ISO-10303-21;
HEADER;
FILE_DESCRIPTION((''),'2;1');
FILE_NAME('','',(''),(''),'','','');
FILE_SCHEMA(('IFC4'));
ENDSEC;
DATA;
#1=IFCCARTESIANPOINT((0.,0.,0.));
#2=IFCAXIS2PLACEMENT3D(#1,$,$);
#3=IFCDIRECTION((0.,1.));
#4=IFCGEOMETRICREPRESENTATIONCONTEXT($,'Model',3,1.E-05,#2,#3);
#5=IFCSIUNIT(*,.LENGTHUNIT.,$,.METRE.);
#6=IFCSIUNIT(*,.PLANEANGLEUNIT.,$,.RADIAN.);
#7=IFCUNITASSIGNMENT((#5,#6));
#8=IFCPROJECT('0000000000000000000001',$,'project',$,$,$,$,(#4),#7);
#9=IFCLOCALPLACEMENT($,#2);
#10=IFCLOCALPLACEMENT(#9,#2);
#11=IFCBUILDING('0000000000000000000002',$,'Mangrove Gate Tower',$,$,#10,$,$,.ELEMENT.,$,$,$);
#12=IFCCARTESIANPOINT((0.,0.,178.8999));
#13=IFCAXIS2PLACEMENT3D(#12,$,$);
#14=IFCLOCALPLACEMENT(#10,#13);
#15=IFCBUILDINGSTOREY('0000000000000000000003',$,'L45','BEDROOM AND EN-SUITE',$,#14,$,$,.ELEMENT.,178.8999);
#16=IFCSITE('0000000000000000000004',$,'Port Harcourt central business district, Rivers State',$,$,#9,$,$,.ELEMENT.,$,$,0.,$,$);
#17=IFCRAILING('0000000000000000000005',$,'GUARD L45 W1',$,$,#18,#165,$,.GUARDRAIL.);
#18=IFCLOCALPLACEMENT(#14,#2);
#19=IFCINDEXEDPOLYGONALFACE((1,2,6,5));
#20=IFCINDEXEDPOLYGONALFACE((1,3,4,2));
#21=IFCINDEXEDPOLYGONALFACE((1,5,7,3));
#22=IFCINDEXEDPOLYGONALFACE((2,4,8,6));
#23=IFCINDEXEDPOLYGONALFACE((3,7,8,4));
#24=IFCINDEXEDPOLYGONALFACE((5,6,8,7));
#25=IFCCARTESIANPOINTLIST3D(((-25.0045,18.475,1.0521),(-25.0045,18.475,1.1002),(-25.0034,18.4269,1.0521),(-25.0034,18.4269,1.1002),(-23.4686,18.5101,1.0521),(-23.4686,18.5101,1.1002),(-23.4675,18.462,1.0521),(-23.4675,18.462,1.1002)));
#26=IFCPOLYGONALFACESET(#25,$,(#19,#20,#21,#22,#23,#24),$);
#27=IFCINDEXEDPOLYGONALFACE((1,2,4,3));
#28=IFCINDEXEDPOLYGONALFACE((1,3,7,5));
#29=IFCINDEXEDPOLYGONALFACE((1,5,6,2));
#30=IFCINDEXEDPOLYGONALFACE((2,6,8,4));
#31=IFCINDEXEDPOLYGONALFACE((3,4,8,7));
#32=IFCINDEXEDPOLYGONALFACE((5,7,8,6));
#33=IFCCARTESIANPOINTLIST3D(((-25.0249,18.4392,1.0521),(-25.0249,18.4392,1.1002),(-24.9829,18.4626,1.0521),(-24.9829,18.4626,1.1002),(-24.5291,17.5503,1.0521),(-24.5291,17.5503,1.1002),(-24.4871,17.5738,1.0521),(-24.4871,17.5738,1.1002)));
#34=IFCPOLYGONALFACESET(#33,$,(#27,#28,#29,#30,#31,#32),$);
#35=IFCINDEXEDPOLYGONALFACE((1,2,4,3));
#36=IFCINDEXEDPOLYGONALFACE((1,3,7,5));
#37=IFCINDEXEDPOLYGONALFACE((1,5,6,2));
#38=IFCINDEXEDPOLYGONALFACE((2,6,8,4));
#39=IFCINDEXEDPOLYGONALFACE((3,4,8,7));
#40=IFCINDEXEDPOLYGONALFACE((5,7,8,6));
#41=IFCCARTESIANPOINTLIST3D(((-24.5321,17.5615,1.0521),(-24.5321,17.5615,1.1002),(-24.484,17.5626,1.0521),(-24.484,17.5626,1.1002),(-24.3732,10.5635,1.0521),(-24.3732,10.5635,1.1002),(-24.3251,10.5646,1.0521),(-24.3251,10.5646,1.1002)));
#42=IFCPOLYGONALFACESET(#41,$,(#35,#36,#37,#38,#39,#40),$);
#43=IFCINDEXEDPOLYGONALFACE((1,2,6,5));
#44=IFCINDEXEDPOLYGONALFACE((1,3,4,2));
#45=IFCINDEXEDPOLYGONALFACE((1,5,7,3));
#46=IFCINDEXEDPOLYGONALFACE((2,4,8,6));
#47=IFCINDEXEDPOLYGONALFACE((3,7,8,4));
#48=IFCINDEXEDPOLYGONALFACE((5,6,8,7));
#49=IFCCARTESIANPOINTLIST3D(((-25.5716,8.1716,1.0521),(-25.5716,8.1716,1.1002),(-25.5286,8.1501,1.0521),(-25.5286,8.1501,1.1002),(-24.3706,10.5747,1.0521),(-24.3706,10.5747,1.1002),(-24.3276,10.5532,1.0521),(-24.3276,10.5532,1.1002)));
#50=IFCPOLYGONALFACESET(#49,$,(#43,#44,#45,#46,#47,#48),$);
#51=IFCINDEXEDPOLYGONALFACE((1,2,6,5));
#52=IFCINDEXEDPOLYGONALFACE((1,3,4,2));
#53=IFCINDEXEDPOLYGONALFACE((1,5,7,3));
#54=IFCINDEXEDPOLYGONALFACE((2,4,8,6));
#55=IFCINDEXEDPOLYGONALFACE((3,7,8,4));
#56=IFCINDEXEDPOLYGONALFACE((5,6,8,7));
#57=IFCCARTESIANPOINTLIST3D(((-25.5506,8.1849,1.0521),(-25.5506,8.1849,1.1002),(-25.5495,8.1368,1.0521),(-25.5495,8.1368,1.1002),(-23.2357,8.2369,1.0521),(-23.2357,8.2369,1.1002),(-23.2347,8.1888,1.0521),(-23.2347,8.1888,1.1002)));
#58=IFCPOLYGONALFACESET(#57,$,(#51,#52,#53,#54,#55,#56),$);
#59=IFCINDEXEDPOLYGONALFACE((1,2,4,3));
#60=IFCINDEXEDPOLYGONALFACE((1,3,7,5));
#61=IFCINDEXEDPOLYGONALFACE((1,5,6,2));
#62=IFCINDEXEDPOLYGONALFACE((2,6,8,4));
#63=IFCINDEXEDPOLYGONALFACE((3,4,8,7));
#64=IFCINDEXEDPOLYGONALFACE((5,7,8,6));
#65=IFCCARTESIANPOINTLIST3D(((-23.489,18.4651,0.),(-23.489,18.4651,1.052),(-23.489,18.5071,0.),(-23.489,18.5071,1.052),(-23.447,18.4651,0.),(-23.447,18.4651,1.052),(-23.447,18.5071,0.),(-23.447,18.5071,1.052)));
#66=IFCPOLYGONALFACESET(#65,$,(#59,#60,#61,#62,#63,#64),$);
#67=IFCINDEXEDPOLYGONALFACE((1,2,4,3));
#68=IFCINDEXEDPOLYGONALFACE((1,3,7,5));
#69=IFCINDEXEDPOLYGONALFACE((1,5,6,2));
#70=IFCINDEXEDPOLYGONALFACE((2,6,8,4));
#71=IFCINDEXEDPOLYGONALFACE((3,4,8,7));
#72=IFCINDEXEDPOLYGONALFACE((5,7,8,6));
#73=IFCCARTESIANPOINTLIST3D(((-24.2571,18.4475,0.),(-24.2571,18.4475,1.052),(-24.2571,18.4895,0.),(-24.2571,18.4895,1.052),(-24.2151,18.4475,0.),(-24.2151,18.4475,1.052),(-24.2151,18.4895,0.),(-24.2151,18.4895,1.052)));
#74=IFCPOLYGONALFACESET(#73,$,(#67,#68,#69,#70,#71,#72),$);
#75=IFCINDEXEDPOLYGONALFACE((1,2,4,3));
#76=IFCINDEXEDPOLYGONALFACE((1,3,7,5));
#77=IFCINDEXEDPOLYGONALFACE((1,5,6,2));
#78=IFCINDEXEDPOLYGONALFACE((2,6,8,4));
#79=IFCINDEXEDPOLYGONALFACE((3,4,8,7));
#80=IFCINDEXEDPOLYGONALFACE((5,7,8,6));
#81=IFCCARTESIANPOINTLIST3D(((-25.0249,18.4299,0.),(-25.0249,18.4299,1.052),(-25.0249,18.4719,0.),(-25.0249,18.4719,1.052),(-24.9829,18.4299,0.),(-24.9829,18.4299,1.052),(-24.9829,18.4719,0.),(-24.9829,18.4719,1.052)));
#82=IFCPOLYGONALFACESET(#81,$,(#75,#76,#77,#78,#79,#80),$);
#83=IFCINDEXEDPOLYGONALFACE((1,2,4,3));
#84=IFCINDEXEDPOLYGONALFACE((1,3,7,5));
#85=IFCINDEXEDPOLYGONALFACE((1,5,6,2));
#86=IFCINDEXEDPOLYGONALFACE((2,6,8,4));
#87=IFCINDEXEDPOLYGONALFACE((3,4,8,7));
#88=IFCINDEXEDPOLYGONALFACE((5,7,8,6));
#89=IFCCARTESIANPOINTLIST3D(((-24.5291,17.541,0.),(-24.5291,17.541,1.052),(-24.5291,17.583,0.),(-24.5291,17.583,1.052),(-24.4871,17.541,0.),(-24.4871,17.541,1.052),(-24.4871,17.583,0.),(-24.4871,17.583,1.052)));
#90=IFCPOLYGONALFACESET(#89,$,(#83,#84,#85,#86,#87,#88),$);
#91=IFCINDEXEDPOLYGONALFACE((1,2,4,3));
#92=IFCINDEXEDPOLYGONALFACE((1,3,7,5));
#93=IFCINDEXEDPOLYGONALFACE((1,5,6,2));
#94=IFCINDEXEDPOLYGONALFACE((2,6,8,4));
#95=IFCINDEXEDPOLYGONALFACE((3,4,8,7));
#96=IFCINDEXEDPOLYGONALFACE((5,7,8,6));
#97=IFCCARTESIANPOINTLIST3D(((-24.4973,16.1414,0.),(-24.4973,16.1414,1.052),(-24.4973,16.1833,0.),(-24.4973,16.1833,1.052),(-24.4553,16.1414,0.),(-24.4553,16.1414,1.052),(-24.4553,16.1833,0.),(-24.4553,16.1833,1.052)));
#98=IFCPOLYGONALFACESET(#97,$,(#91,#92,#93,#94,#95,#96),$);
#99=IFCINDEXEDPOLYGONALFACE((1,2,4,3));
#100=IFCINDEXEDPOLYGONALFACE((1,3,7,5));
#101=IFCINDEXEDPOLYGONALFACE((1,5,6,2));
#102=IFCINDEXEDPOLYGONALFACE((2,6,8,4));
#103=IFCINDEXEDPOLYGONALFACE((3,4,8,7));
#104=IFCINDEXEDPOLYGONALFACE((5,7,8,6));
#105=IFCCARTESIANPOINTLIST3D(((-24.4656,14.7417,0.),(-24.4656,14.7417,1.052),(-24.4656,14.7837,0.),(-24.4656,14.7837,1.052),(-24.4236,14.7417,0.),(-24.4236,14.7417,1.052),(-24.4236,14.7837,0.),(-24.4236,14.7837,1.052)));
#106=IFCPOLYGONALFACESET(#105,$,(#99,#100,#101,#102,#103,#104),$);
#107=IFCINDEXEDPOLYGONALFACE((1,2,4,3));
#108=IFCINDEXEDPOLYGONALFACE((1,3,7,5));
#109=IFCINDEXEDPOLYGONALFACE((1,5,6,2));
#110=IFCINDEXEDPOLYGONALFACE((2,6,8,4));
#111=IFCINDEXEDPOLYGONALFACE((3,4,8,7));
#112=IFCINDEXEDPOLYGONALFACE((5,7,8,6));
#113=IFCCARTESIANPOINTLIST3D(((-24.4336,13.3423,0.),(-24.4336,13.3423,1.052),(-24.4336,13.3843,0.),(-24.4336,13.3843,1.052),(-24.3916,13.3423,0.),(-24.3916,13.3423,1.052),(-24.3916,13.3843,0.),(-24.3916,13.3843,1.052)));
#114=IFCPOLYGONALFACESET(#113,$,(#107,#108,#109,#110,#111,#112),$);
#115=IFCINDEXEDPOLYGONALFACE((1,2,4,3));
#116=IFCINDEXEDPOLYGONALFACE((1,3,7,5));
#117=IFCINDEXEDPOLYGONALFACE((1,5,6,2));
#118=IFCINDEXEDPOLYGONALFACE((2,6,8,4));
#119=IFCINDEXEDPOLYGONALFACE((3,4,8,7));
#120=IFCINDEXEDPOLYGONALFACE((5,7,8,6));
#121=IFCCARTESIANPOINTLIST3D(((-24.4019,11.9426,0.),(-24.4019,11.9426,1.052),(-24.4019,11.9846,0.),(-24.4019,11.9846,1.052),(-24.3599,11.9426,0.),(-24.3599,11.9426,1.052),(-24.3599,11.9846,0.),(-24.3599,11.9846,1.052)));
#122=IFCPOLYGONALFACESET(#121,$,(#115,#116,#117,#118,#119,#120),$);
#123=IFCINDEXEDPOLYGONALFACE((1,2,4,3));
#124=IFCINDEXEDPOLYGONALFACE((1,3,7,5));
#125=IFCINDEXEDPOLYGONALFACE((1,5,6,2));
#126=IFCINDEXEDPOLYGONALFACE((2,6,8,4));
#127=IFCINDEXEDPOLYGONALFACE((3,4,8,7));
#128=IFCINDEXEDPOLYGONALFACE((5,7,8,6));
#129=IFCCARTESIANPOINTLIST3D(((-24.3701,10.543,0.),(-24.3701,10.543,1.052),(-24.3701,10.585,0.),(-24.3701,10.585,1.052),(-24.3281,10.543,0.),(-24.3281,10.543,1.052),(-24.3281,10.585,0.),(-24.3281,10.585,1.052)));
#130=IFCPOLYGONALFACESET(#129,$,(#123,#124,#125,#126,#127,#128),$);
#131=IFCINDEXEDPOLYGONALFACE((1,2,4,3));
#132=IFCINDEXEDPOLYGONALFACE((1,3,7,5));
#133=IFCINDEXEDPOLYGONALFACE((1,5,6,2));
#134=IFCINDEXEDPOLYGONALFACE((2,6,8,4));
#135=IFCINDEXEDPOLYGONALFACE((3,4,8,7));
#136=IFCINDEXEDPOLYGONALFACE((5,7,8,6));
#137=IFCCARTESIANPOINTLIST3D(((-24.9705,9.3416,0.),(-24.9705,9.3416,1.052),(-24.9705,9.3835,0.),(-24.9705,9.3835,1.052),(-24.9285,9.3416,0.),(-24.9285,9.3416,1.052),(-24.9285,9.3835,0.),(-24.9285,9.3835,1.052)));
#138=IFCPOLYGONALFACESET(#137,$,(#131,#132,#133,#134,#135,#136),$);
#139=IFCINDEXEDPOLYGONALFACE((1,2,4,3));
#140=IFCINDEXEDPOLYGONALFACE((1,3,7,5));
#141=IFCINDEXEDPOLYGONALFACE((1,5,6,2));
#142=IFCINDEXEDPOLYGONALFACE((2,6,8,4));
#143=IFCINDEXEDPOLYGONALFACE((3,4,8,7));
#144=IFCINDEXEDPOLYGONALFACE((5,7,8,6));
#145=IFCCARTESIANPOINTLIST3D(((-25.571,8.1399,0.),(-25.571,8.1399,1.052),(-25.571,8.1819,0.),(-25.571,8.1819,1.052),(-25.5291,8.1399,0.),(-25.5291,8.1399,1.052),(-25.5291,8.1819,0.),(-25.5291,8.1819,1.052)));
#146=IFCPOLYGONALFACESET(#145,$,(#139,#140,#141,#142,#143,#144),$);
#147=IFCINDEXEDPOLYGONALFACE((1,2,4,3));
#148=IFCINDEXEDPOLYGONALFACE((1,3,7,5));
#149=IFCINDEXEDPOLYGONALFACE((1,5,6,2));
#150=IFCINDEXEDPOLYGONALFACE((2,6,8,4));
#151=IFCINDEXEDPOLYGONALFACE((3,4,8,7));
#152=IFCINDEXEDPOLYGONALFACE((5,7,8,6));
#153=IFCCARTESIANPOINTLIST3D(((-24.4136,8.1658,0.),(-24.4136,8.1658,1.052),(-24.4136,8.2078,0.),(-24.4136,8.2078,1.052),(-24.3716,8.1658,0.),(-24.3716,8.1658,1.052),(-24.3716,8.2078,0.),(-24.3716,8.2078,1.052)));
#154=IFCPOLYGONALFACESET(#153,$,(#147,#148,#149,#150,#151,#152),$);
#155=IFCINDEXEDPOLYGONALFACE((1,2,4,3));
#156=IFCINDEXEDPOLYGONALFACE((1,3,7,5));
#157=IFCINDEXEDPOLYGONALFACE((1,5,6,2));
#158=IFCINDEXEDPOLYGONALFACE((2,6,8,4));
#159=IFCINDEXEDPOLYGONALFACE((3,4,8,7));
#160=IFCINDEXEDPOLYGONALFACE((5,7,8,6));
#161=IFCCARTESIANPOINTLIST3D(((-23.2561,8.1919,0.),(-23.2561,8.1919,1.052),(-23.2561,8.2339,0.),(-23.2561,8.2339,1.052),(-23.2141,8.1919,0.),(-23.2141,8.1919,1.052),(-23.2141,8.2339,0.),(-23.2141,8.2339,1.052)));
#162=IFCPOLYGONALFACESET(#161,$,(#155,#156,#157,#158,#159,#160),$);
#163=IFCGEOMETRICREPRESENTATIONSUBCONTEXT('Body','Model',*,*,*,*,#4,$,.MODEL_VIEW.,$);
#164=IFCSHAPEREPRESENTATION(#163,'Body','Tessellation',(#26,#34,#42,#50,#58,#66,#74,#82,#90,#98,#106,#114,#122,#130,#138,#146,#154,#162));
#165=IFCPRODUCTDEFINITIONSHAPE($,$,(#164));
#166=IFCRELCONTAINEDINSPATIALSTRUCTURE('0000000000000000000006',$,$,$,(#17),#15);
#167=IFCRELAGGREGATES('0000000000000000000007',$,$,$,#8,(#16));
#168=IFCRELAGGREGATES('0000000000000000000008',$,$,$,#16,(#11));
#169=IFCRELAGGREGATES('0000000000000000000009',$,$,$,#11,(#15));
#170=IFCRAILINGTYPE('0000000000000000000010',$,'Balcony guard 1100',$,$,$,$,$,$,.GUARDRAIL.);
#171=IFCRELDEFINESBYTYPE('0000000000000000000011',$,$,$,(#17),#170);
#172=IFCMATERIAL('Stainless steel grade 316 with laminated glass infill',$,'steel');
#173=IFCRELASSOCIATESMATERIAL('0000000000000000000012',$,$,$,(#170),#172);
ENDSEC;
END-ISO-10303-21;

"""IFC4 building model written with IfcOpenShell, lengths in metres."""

from ifc_helpers import new_model, si_unit, direction, frame, origin, origin_2d, place, context, subcontext, project, spatial, rectangle, extrude, material, type_object, element, save


model = new_model("IFC4")

# Units and contexts
model_context = context("Model", 3, precision=1e-05, world=origin(), true_north=direction((0.0, 1.0)))
body_context = subcontext(model_context, "Body", "Model", "MODEL_VIEW")
ifc_project = project(units=[si_unit("LENGTHUNIT", "METRE"), si_unit("PLANEANGLEUNIT", "RADIAN")], contexts=[model_context])

# Site, building, storey
site_placement = place(None, origin())
site = spatial("IfcSite", under=ifc_project, at=site_placement, Name="Port Harcourt central business district, Rivers State", CompositionType="ELEMENT", RefElevation=0.0)
building_placement = place(site_placement, origin())
building = spatial("IfcBuilding", under=site, at=building_placement, Name="Mangrove Gate Tower", CompositionType="ELEMENT")
storey_placement = place(building_placement, frame((0.0, 0.0, 178.8999)))
storey = spatial("IfcBuildingStorey", under=building, at=storey_placement, Name="L45", Description="BEDROOM AND EN-SUITE", CompositionType="ELEMENT", Elevation=178.8999)

# Railing
ifc_material_1 = material(Name="Stainless steel grade 316 with laminated glass infill", Category="steel")
railing_type = type_object("IfcRailingType", Name="Balcony guard 1100", PredefinedType="GUARDRAIL", material=ifc_material_1)
railing_placement = place(storey_placement, frame((-23.468, 18.4861, 0.0)))
element("IfcRailing", 1, at=railing_placement, inside=storey, type_object=railing_type, Name="GUARD L45 W1", PredefinedType="GUARDRAIL", context=body_context, shape_type="SweptSolid", body=[
    extrude(rectangle(XDim=0.0481, YDim=0.0481, at=origin_2d()), frame((0.0, 0.0, 1.0762), z_axis=(-0.999738, -0.022884, 0.0), x_axis=(0.022884, -0.999738, 0.0)), (0.0, 0.0, 1.0), 1.5364),
    extrude(rectangle(XDim=0.0481, YDim=0.0481, at=origin_2d()), frame((-1.5359, -0.0352, 1.0762), z_axis=(0.487149, -0.873319, 0.0), x_axis=(0.873319, 0.487149, 0.0)), (0.0, 0.0, 1.0), 1.0178),
    extrude(rectangle(XDim=0.0481, YDim=0.0481, at=origin_2d()), frame((-1.04, -0.9241, 1.0762), z_axis=(0.022706, -0.999742, 0.0), x_axis=(0.999742, 0.022706, 0.0)), (0.0, 0.0, 1.0), 6.9998),
    extrude(rectangle(XDim=0.0481, YDim=0.0481, at=origin_2d()), frame((-0.8811, -7.9221, 1.0762), z_axis=(-0.447032, -0.894518, 0.0), x_axis=(0.894518, -0.447032, 0.0)), (0.0, 0.0, 1.0), 2.6865),
    extrude(rectangle(XDim=0.0481, YDim=0.0481, at=origin_2d()), frame((-2.082, -10.3252, 1.0762), z_axis=(0.999748, 0.022458, 0.0), x_axis=(-0.022458, 0.999748, 0.0)), (0.0, 0.0, 1.0), 2.3154),
    extrude(rectangle(XDim=0.042, YDim=0.042, at=origin_2d()), origin(), (0.0, 0.0, 1.0), 1.052),
    extrude(rectangle(XDim=0.042, YDim=0.042, at=origin_2d()), frame((-0.7681, -0.0176, 0.0)), (0.0, 0.0, 1.0), 1.052),
    extrude(rectangle(XDim=0.042, YDim=0.042, at=origin_2d()), frame((-1.5359, -0.0352, 0.0)), (0.0, 0.0, 1.0), 1.052),
    extrude(rectangle(XDim=0.042, YDim=0.042, at=origin_2d()), frame((-1.04, -0.9241, 0.0)), (0.0, 0.0, 1.0), 1.052),
    extrude(rectangle(XDim=0.042, YDim=0.042, at=origin_2d()), frame((-1.0083, -2.3237, 0.0)), (0.0, 0.0, 1.0), 1.052),
    extrude(rectangle(XDim=0.042, YDim=0.042, at=origin_2d()), frame((-0.9766, -3.7234, 0.0)), (0.0, 0.0, 1.0), 1.052),
    extrude(rectangle(XDim=0.042, YDim=0.042, at=origin_2d()), frame((-0.9446, -5.1228, 0.0)), (0.0, 0.0, 1.0), 1.052),
    extrude(rectangle(XDim=0.042, YDim=0.042, at=origin_2d()), frame((-0.9128, -6.5225, 0.0)), (0.0, 0.0, 1.0), 1.052),
    extrude(rectangle(XDim=0.042, YDim=0.042, at=origin_2d()), frame((-0.8811, -7.9221, 0.0)), (0.0, 0.0, 1.0), 1.052),
    extrude(rectangle(XDim=0.042, YDim=0.042, at=origin_2d()), frame((-1.4814, -9.1235, 0.0)), (0.0, 0.0, 1.0), 1.052),
    extrude(rectangle(XDim=0.042, YDim=0.042, at=origin_2d()), frame((-2.082, -10.3252, 0.0)), (0.0, 0.0, 1.0), 1.052),
    extrude(rectangle(XDim=0.042, YDim=0.042, at=origin_2d()), frame((-0.9246, -10.2993, 0.0)), (0.0, 0.0, 1.0), 1.052),
    extrude(rectangle(XDim=0.042, YDim=0.042, at=origin_2d()), frame((0.2329, -10.2732, 0.0)), (0.0, 0.0, 1.0), 1.052),
])

save(model, "model.ifc")
